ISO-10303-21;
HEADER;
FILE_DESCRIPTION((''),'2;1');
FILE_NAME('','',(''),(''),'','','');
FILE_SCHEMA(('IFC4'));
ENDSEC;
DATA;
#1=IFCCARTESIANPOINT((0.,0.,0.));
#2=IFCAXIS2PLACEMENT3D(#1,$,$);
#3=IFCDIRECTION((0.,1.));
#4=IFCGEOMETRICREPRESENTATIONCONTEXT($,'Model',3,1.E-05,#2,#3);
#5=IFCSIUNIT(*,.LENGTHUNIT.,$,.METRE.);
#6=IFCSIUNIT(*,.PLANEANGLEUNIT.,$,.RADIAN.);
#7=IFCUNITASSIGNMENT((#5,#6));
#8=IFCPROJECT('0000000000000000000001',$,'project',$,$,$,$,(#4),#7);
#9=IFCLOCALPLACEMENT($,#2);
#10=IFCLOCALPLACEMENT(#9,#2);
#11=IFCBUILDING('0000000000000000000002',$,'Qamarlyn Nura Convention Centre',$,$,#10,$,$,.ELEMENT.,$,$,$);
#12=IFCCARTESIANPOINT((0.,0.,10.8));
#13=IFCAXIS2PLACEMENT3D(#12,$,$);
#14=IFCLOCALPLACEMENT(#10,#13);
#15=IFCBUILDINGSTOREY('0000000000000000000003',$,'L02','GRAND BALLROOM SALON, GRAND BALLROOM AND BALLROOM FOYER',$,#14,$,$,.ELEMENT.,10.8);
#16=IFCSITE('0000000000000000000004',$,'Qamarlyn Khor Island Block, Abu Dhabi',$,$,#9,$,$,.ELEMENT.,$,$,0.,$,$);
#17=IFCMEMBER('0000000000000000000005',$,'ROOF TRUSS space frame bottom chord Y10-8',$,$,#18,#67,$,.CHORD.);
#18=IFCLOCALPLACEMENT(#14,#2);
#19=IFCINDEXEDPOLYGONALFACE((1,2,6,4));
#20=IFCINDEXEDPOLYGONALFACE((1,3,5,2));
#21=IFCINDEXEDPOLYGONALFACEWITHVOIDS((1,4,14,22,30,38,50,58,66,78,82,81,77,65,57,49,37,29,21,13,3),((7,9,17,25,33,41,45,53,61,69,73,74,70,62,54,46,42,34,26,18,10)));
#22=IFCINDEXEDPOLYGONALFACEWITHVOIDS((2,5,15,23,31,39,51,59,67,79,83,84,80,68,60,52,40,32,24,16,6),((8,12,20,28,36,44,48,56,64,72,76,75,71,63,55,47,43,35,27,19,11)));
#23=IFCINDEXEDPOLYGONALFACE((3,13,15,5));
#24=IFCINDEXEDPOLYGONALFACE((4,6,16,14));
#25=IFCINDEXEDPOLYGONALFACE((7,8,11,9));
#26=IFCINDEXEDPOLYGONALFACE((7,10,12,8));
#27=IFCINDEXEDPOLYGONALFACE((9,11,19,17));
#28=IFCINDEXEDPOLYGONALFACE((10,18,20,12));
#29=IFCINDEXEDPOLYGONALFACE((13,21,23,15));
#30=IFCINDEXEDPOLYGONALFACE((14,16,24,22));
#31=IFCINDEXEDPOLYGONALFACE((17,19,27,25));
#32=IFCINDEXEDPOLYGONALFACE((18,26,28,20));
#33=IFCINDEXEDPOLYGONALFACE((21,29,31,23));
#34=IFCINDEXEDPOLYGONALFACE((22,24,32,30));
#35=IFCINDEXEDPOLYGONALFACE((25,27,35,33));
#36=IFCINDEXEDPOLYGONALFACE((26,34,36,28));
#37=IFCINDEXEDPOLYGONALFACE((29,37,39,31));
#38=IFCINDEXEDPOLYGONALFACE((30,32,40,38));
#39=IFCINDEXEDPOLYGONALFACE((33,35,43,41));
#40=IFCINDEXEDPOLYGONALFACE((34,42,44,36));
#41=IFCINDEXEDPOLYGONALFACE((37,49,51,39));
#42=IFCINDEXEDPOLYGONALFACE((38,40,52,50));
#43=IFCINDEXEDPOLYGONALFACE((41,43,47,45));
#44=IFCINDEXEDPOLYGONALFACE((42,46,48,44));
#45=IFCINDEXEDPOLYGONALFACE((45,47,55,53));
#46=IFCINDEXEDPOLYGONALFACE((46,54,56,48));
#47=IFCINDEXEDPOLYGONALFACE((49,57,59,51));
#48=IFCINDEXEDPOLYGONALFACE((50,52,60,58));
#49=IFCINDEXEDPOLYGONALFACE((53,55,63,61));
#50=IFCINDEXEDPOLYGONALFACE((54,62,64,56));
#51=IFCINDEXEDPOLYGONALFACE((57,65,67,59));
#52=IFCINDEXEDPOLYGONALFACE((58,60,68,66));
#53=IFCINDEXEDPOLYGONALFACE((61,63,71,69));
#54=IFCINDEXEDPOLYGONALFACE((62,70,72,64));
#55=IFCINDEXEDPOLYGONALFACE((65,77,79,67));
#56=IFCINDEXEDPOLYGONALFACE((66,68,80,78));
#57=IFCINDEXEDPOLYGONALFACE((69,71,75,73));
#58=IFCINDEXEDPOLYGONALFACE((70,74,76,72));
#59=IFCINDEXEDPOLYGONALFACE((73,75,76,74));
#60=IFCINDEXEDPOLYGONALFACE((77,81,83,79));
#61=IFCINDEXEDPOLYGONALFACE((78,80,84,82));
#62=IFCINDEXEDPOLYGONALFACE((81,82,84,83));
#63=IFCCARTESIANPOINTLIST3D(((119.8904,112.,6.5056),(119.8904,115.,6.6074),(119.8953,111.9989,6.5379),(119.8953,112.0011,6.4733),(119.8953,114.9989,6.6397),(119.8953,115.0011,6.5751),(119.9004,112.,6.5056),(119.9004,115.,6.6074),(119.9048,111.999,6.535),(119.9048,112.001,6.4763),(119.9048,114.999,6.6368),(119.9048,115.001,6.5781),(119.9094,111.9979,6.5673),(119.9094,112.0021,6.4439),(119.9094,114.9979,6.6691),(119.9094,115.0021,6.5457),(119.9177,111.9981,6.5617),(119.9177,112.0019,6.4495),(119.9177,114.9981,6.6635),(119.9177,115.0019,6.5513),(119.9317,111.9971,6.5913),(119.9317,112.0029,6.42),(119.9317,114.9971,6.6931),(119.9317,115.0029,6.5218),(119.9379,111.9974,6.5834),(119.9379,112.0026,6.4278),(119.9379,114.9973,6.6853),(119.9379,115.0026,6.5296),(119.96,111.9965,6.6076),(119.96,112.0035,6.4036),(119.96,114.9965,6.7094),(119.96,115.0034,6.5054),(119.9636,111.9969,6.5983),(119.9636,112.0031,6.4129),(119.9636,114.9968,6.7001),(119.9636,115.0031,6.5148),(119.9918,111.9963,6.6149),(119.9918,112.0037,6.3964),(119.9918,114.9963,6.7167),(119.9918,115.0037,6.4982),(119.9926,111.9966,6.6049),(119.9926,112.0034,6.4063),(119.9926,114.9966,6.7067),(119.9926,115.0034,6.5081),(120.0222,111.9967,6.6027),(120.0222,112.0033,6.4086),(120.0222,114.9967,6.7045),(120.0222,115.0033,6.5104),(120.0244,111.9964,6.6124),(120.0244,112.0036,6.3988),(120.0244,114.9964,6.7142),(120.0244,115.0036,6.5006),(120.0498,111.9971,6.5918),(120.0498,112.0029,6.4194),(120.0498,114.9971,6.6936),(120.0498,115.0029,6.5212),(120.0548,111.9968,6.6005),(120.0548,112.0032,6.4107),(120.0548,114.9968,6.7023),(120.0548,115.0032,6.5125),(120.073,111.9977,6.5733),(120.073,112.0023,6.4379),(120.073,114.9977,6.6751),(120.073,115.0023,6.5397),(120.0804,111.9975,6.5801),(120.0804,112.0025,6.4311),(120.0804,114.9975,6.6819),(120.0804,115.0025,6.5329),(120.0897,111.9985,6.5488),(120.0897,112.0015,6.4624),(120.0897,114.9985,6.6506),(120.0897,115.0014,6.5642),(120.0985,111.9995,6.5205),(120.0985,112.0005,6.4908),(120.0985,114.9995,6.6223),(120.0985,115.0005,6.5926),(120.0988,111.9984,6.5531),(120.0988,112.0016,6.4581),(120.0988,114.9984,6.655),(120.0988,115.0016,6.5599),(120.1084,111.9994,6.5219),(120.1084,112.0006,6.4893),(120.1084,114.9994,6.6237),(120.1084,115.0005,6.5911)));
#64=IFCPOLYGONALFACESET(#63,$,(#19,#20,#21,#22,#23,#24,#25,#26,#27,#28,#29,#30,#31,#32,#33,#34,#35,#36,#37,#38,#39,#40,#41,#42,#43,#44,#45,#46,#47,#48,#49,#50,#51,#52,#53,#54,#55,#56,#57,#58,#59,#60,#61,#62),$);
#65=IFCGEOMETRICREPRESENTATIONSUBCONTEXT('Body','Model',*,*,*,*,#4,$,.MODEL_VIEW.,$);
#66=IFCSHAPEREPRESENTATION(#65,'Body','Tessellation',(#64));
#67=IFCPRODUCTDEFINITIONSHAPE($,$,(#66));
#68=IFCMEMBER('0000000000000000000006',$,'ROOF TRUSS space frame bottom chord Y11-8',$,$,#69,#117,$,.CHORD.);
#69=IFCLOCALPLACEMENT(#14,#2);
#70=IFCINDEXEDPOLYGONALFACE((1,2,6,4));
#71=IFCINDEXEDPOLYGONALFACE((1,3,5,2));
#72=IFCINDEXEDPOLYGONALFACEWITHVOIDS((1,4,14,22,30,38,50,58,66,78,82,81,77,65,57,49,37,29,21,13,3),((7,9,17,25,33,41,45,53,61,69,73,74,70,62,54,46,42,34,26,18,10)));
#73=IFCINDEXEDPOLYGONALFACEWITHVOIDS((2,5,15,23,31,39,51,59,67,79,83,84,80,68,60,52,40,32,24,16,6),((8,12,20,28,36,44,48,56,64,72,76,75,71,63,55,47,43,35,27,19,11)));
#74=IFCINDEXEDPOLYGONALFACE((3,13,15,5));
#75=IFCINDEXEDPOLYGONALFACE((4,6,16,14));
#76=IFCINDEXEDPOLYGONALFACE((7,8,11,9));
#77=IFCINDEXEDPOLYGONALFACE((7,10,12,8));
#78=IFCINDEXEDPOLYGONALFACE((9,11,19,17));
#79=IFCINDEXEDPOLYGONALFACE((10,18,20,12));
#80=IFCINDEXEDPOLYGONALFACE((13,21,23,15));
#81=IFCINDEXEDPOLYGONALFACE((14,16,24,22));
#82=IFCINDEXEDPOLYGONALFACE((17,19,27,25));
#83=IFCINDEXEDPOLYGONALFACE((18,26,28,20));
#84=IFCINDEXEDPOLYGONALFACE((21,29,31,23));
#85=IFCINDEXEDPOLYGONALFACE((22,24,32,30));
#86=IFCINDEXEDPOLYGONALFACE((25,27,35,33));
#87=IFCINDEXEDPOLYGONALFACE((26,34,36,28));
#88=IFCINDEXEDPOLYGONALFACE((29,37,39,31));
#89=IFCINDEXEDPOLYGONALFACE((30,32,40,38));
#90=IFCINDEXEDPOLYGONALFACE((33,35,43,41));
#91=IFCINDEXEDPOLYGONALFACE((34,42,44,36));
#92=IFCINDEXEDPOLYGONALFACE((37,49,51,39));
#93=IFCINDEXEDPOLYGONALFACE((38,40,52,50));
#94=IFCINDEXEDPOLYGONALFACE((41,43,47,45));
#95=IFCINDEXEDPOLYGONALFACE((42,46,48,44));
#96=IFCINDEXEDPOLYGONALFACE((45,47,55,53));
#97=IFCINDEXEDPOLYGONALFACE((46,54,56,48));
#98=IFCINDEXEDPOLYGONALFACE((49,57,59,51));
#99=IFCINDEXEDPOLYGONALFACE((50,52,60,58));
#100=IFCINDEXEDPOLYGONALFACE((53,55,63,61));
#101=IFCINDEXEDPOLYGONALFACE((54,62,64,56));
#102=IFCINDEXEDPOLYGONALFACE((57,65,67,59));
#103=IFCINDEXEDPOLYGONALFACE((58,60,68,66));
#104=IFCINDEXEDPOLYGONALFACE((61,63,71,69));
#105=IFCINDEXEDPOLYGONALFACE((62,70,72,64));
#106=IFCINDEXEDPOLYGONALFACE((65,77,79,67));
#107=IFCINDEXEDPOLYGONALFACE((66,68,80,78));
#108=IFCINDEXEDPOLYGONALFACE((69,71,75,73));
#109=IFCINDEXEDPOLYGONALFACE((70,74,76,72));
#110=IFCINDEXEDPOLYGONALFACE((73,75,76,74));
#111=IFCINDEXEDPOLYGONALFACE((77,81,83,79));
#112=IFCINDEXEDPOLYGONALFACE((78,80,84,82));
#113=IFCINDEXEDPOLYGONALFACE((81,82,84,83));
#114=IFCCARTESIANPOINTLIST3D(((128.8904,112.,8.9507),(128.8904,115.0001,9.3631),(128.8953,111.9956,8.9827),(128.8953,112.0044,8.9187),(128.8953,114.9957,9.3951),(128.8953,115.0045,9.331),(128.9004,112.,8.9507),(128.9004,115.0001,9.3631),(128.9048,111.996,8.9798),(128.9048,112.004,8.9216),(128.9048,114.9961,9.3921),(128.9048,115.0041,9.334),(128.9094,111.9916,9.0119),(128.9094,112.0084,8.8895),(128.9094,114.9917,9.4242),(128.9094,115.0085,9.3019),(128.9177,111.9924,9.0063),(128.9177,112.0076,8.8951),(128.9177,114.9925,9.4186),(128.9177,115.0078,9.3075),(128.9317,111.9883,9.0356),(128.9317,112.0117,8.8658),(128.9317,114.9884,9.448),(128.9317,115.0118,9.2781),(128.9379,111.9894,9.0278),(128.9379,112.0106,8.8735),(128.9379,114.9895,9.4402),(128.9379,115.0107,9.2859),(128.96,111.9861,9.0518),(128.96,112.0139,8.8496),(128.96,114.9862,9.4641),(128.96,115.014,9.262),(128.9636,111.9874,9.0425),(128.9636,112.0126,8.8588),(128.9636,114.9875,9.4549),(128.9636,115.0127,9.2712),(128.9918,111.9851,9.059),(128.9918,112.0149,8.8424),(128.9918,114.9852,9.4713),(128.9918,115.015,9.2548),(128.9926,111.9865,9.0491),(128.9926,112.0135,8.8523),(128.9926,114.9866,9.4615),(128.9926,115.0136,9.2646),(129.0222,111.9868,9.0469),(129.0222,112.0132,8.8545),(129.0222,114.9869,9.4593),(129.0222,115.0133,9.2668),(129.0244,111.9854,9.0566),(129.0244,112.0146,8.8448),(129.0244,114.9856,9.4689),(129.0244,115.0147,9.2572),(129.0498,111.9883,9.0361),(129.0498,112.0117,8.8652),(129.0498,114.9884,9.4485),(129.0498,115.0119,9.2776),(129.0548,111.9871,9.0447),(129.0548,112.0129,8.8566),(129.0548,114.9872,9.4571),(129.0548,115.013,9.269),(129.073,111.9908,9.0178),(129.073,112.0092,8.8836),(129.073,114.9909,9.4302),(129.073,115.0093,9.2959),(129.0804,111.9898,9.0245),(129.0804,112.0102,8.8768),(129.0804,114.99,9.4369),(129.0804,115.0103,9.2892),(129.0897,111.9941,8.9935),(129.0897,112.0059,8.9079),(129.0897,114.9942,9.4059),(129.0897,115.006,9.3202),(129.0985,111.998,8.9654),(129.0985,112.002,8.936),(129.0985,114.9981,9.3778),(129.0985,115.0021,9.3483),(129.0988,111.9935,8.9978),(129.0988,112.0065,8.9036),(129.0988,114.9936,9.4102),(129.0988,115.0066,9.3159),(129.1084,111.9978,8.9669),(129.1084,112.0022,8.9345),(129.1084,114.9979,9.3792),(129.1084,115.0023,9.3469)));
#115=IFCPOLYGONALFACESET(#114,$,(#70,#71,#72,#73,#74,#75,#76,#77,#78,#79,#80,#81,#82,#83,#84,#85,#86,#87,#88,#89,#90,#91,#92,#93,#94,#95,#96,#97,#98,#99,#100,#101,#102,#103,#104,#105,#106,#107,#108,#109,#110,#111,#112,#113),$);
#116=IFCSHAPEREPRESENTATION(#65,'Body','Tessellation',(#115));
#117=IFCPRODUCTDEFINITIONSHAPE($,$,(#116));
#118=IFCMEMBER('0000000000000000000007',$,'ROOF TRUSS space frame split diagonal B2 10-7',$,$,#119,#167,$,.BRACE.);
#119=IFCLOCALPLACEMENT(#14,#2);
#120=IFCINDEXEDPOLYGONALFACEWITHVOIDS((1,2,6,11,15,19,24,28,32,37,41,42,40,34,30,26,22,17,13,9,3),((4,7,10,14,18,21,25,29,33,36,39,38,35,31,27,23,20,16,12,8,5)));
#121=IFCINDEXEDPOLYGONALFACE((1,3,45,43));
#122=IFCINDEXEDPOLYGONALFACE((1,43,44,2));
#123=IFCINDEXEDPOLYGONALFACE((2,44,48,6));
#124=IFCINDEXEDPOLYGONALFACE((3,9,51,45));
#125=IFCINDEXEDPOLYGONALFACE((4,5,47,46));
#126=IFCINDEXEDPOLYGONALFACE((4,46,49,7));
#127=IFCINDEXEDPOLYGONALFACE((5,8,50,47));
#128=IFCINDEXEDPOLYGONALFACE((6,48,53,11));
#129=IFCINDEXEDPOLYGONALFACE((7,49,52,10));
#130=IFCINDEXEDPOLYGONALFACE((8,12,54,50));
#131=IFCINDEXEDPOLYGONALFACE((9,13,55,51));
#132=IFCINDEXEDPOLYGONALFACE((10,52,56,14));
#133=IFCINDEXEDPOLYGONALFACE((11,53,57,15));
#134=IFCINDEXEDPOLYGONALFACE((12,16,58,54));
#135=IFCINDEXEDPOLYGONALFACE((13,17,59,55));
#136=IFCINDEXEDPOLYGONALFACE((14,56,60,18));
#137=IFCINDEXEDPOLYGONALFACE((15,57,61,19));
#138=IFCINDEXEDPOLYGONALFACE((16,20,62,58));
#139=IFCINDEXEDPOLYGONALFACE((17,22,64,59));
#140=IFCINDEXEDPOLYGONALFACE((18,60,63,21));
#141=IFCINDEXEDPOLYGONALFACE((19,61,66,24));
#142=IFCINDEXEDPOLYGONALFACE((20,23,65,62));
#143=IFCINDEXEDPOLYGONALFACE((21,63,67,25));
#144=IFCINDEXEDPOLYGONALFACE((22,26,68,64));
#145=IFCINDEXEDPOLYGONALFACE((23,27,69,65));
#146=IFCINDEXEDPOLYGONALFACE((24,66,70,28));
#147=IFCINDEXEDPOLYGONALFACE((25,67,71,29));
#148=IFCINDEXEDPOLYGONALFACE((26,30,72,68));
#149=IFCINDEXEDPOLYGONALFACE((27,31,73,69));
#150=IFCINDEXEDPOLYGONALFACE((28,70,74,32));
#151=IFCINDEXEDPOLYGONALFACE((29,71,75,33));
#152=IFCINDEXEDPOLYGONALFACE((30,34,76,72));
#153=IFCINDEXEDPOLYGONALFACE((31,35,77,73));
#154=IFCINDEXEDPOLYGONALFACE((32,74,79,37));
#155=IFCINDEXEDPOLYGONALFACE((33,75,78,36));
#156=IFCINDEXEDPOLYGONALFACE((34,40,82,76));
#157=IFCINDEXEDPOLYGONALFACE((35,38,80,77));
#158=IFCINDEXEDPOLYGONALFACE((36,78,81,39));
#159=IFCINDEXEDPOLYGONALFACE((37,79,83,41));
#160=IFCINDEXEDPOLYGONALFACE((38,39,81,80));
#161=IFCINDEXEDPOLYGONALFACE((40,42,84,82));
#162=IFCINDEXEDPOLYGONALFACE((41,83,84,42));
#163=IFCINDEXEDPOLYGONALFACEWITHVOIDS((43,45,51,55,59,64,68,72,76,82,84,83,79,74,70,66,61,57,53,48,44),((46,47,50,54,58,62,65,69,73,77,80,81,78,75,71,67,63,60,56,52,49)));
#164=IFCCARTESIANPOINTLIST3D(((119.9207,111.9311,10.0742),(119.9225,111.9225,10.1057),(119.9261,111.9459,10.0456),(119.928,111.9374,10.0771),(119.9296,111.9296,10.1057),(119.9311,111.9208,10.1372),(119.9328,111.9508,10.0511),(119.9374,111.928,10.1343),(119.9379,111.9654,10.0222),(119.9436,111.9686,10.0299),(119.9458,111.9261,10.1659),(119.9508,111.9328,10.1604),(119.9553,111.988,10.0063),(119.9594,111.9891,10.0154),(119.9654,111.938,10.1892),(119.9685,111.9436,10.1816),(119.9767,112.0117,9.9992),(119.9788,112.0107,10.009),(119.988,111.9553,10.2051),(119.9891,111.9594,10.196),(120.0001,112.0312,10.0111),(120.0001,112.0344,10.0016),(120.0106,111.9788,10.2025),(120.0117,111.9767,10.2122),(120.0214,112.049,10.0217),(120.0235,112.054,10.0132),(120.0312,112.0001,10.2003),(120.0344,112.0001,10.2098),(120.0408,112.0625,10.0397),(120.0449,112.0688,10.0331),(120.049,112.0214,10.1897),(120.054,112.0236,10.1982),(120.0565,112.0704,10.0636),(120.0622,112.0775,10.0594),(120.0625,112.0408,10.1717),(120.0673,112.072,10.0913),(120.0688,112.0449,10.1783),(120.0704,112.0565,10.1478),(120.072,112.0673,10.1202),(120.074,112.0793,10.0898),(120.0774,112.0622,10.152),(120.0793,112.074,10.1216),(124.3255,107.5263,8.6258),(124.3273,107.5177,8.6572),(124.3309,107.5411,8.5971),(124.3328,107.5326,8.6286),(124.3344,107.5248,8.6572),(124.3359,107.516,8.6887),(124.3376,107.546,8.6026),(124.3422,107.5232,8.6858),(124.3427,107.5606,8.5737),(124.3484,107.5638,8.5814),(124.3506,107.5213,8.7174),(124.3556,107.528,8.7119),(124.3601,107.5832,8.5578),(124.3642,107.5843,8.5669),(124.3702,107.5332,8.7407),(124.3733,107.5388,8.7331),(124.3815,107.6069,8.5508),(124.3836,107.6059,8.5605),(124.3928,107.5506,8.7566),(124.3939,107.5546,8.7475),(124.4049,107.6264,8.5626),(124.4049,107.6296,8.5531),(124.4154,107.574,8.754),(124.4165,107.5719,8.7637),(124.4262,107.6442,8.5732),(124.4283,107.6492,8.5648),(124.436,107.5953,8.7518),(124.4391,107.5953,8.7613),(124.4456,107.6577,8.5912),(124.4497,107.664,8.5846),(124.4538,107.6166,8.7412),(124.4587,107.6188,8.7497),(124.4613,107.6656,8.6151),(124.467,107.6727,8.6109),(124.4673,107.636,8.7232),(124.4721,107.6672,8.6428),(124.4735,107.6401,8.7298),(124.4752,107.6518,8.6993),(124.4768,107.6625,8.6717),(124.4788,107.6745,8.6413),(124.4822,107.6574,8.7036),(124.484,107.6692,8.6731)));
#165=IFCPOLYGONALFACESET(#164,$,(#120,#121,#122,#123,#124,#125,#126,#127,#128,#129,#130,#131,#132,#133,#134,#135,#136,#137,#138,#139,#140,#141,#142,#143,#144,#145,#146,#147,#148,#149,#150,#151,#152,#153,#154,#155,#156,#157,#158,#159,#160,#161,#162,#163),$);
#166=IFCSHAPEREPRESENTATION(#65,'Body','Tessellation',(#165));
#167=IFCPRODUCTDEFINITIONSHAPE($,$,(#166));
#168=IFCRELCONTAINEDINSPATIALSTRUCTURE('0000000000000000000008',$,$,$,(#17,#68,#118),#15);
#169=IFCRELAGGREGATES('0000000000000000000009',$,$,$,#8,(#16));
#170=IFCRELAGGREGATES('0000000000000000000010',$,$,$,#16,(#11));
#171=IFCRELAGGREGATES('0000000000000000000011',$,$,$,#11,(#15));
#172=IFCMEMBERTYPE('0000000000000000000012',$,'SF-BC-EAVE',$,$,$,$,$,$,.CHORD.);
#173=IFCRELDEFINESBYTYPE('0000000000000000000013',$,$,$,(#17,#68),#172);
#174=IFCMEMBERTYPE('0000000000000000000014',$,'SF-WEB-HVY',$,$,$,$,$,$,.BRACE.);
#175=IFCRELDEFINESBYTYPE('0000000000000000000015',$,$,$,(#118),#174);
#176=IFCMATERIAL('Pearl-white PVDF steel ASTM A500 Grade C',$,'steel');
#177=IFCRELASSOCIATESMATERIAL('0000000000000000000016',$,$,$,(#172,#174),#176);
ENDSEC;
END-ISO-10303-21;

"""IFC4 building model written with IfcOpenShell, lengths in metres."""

from ifc_helpers import new_model, si_unit, direction, frame, origin, origin_2d, place, context, subcontext, project, spatial, hollow_circle, extrude, material, material_profile, profile_set, type_object, element, save


model = new_model("IFC4")

# Units and contexts
model_context = context("Model", 3, precision=1e-05, world=origin(), true_north=direction((0.0, 1.0)))
body_context = subcontext(model_context, "Body", "Model", "MODEL_VIEW")
ifc_project = project(units=[si_unit("LENGTHUNIT", "METRE"), si_unit("PLANEANGLEUNIT", "RADIAN")], contexts=[model_context])

# Site, building, storey
site_placement = place(None, origin())
site = spatial("IfcSite", under=ifc_project, at=site_placement, Name="Qamarlyn Khor Island Block, Abu Dhabi", CompositionType="ELEMENT", RefElevation=0.0)
building_placement = place(site_placement, origin())
building = spatial("IfcBuilding", under=site, at=building_placement, Name="Qamarlyn Nura Convention Centre", CompositionType="ELEMENT")
storey_placement = place(building_placement, frame((0.0, 0.0, 10.8)))
storey = spatial("IfcBuildingStorey", under=building, at=storey_placement, Name="L02", Description="GRAND BALLROOM SALON, GRAND BALLROOM AND BALLROOM FOYER", CompositionType="ELEMENT", Elevation=10.8)

# Members
ifc_material_1 = material(Name="Pearl-white PVDF steel ASTM A500 Grade C", Category="steel")
ifc_material_profile_1 = material_profile(ifc_material_1, hollow_circle(Radius=0.1096, WallThickness=0.01, at=origin_2d()), Name="CHS219.1X10")
ifc_profile_set_1 = profile_set([ifc_material_profile_1], Name="Pearl-white PVDF steel ASTM A500 Grade C")
member_type_1 = type_object("IfcMemberType", Name="SF-BC-EAVE", PredefinedType="CHORD", material=ifc_profile_set_1)
member_1_placement = place(storey_placement, frame((120.0, 112.0, 6.5056), z_axis=(0.0, 0.999425, 0.033916), x_axis=(-1.0, 0.0, 0.0)))
element("IfcMember", 1, at=member_1_placement, inside=storey, type_object=member_type_1, Name="ROOF TRUSS space frame bottom chord Y10-8", PredefinedType="CHORD", context=body_context, shape_type="SweptSolid", body=[
    extrude(hollow_circle(Radius=0.1096, WallThickness=0.01, at=origin_2d()), origin(), (0.0, 0.0, 1.0), 3.0017),
])
member_2_placement = place(storey_placement, frame((129.0, 112.0, 8.9507), z_axis=(0.0, 0.990685, 0.136171), x_axis=(-1.0, 0.0, 0.0)))
element("IfcMember", 2, at=member_2_placement, inside=storey, type_object=member_type_1, Name="ROOF TRUSS space frame bottom chord Y11-8", PredefinedType="CHORD", context=body_context, shape_type="SweptSolid", body=[
    extrude(hollow_circle(Radius=0.1096, WallThickness=0.01, at=origin_2d()), origin(), (0.0, 0.0, 1.0), 3.0283),
])
ifc_material_profile_2 = material_profile(ifc_material_1, hollow_circle(Radius=0.1096, WallThickness=0.01, at=origin_2d()), Name="CHS219.1X10")
ifc_profile_set_2 = profile_set([ifc_material_profile_2], Name="Pearl-white PVDF steel ASTM A500 Grade C")
member_type_2 = type_object("IfcMemberType", Name="SF-WEB-HVY", PredefinedType="BRACE", material=ifc_profile_set_2)
member_3_placement = place(storey_placement, frame((124.4048, 107.5952, 8.6572), z_axis=(-0.688732, 0.688732, 0.226485), x_axis=(-0.707107, -0.707107, 0.0)))
element("IfcMember", 3, at=member_3_placement, inside=storey, type_object=member_type_2, Name="ROOF TRUSS space frame split diagonal B2 10-7", PredefinedType="BRACE", context=body_context, shape_type="SweptSolid", body=[
    extrude(hollow_circle(Radius=0.1096, WallThickness=0.01, at=origin_2d()), origin(), (0.0, 0.0, 1.0), 6.3955),
])

save(model, "model.ifc")
